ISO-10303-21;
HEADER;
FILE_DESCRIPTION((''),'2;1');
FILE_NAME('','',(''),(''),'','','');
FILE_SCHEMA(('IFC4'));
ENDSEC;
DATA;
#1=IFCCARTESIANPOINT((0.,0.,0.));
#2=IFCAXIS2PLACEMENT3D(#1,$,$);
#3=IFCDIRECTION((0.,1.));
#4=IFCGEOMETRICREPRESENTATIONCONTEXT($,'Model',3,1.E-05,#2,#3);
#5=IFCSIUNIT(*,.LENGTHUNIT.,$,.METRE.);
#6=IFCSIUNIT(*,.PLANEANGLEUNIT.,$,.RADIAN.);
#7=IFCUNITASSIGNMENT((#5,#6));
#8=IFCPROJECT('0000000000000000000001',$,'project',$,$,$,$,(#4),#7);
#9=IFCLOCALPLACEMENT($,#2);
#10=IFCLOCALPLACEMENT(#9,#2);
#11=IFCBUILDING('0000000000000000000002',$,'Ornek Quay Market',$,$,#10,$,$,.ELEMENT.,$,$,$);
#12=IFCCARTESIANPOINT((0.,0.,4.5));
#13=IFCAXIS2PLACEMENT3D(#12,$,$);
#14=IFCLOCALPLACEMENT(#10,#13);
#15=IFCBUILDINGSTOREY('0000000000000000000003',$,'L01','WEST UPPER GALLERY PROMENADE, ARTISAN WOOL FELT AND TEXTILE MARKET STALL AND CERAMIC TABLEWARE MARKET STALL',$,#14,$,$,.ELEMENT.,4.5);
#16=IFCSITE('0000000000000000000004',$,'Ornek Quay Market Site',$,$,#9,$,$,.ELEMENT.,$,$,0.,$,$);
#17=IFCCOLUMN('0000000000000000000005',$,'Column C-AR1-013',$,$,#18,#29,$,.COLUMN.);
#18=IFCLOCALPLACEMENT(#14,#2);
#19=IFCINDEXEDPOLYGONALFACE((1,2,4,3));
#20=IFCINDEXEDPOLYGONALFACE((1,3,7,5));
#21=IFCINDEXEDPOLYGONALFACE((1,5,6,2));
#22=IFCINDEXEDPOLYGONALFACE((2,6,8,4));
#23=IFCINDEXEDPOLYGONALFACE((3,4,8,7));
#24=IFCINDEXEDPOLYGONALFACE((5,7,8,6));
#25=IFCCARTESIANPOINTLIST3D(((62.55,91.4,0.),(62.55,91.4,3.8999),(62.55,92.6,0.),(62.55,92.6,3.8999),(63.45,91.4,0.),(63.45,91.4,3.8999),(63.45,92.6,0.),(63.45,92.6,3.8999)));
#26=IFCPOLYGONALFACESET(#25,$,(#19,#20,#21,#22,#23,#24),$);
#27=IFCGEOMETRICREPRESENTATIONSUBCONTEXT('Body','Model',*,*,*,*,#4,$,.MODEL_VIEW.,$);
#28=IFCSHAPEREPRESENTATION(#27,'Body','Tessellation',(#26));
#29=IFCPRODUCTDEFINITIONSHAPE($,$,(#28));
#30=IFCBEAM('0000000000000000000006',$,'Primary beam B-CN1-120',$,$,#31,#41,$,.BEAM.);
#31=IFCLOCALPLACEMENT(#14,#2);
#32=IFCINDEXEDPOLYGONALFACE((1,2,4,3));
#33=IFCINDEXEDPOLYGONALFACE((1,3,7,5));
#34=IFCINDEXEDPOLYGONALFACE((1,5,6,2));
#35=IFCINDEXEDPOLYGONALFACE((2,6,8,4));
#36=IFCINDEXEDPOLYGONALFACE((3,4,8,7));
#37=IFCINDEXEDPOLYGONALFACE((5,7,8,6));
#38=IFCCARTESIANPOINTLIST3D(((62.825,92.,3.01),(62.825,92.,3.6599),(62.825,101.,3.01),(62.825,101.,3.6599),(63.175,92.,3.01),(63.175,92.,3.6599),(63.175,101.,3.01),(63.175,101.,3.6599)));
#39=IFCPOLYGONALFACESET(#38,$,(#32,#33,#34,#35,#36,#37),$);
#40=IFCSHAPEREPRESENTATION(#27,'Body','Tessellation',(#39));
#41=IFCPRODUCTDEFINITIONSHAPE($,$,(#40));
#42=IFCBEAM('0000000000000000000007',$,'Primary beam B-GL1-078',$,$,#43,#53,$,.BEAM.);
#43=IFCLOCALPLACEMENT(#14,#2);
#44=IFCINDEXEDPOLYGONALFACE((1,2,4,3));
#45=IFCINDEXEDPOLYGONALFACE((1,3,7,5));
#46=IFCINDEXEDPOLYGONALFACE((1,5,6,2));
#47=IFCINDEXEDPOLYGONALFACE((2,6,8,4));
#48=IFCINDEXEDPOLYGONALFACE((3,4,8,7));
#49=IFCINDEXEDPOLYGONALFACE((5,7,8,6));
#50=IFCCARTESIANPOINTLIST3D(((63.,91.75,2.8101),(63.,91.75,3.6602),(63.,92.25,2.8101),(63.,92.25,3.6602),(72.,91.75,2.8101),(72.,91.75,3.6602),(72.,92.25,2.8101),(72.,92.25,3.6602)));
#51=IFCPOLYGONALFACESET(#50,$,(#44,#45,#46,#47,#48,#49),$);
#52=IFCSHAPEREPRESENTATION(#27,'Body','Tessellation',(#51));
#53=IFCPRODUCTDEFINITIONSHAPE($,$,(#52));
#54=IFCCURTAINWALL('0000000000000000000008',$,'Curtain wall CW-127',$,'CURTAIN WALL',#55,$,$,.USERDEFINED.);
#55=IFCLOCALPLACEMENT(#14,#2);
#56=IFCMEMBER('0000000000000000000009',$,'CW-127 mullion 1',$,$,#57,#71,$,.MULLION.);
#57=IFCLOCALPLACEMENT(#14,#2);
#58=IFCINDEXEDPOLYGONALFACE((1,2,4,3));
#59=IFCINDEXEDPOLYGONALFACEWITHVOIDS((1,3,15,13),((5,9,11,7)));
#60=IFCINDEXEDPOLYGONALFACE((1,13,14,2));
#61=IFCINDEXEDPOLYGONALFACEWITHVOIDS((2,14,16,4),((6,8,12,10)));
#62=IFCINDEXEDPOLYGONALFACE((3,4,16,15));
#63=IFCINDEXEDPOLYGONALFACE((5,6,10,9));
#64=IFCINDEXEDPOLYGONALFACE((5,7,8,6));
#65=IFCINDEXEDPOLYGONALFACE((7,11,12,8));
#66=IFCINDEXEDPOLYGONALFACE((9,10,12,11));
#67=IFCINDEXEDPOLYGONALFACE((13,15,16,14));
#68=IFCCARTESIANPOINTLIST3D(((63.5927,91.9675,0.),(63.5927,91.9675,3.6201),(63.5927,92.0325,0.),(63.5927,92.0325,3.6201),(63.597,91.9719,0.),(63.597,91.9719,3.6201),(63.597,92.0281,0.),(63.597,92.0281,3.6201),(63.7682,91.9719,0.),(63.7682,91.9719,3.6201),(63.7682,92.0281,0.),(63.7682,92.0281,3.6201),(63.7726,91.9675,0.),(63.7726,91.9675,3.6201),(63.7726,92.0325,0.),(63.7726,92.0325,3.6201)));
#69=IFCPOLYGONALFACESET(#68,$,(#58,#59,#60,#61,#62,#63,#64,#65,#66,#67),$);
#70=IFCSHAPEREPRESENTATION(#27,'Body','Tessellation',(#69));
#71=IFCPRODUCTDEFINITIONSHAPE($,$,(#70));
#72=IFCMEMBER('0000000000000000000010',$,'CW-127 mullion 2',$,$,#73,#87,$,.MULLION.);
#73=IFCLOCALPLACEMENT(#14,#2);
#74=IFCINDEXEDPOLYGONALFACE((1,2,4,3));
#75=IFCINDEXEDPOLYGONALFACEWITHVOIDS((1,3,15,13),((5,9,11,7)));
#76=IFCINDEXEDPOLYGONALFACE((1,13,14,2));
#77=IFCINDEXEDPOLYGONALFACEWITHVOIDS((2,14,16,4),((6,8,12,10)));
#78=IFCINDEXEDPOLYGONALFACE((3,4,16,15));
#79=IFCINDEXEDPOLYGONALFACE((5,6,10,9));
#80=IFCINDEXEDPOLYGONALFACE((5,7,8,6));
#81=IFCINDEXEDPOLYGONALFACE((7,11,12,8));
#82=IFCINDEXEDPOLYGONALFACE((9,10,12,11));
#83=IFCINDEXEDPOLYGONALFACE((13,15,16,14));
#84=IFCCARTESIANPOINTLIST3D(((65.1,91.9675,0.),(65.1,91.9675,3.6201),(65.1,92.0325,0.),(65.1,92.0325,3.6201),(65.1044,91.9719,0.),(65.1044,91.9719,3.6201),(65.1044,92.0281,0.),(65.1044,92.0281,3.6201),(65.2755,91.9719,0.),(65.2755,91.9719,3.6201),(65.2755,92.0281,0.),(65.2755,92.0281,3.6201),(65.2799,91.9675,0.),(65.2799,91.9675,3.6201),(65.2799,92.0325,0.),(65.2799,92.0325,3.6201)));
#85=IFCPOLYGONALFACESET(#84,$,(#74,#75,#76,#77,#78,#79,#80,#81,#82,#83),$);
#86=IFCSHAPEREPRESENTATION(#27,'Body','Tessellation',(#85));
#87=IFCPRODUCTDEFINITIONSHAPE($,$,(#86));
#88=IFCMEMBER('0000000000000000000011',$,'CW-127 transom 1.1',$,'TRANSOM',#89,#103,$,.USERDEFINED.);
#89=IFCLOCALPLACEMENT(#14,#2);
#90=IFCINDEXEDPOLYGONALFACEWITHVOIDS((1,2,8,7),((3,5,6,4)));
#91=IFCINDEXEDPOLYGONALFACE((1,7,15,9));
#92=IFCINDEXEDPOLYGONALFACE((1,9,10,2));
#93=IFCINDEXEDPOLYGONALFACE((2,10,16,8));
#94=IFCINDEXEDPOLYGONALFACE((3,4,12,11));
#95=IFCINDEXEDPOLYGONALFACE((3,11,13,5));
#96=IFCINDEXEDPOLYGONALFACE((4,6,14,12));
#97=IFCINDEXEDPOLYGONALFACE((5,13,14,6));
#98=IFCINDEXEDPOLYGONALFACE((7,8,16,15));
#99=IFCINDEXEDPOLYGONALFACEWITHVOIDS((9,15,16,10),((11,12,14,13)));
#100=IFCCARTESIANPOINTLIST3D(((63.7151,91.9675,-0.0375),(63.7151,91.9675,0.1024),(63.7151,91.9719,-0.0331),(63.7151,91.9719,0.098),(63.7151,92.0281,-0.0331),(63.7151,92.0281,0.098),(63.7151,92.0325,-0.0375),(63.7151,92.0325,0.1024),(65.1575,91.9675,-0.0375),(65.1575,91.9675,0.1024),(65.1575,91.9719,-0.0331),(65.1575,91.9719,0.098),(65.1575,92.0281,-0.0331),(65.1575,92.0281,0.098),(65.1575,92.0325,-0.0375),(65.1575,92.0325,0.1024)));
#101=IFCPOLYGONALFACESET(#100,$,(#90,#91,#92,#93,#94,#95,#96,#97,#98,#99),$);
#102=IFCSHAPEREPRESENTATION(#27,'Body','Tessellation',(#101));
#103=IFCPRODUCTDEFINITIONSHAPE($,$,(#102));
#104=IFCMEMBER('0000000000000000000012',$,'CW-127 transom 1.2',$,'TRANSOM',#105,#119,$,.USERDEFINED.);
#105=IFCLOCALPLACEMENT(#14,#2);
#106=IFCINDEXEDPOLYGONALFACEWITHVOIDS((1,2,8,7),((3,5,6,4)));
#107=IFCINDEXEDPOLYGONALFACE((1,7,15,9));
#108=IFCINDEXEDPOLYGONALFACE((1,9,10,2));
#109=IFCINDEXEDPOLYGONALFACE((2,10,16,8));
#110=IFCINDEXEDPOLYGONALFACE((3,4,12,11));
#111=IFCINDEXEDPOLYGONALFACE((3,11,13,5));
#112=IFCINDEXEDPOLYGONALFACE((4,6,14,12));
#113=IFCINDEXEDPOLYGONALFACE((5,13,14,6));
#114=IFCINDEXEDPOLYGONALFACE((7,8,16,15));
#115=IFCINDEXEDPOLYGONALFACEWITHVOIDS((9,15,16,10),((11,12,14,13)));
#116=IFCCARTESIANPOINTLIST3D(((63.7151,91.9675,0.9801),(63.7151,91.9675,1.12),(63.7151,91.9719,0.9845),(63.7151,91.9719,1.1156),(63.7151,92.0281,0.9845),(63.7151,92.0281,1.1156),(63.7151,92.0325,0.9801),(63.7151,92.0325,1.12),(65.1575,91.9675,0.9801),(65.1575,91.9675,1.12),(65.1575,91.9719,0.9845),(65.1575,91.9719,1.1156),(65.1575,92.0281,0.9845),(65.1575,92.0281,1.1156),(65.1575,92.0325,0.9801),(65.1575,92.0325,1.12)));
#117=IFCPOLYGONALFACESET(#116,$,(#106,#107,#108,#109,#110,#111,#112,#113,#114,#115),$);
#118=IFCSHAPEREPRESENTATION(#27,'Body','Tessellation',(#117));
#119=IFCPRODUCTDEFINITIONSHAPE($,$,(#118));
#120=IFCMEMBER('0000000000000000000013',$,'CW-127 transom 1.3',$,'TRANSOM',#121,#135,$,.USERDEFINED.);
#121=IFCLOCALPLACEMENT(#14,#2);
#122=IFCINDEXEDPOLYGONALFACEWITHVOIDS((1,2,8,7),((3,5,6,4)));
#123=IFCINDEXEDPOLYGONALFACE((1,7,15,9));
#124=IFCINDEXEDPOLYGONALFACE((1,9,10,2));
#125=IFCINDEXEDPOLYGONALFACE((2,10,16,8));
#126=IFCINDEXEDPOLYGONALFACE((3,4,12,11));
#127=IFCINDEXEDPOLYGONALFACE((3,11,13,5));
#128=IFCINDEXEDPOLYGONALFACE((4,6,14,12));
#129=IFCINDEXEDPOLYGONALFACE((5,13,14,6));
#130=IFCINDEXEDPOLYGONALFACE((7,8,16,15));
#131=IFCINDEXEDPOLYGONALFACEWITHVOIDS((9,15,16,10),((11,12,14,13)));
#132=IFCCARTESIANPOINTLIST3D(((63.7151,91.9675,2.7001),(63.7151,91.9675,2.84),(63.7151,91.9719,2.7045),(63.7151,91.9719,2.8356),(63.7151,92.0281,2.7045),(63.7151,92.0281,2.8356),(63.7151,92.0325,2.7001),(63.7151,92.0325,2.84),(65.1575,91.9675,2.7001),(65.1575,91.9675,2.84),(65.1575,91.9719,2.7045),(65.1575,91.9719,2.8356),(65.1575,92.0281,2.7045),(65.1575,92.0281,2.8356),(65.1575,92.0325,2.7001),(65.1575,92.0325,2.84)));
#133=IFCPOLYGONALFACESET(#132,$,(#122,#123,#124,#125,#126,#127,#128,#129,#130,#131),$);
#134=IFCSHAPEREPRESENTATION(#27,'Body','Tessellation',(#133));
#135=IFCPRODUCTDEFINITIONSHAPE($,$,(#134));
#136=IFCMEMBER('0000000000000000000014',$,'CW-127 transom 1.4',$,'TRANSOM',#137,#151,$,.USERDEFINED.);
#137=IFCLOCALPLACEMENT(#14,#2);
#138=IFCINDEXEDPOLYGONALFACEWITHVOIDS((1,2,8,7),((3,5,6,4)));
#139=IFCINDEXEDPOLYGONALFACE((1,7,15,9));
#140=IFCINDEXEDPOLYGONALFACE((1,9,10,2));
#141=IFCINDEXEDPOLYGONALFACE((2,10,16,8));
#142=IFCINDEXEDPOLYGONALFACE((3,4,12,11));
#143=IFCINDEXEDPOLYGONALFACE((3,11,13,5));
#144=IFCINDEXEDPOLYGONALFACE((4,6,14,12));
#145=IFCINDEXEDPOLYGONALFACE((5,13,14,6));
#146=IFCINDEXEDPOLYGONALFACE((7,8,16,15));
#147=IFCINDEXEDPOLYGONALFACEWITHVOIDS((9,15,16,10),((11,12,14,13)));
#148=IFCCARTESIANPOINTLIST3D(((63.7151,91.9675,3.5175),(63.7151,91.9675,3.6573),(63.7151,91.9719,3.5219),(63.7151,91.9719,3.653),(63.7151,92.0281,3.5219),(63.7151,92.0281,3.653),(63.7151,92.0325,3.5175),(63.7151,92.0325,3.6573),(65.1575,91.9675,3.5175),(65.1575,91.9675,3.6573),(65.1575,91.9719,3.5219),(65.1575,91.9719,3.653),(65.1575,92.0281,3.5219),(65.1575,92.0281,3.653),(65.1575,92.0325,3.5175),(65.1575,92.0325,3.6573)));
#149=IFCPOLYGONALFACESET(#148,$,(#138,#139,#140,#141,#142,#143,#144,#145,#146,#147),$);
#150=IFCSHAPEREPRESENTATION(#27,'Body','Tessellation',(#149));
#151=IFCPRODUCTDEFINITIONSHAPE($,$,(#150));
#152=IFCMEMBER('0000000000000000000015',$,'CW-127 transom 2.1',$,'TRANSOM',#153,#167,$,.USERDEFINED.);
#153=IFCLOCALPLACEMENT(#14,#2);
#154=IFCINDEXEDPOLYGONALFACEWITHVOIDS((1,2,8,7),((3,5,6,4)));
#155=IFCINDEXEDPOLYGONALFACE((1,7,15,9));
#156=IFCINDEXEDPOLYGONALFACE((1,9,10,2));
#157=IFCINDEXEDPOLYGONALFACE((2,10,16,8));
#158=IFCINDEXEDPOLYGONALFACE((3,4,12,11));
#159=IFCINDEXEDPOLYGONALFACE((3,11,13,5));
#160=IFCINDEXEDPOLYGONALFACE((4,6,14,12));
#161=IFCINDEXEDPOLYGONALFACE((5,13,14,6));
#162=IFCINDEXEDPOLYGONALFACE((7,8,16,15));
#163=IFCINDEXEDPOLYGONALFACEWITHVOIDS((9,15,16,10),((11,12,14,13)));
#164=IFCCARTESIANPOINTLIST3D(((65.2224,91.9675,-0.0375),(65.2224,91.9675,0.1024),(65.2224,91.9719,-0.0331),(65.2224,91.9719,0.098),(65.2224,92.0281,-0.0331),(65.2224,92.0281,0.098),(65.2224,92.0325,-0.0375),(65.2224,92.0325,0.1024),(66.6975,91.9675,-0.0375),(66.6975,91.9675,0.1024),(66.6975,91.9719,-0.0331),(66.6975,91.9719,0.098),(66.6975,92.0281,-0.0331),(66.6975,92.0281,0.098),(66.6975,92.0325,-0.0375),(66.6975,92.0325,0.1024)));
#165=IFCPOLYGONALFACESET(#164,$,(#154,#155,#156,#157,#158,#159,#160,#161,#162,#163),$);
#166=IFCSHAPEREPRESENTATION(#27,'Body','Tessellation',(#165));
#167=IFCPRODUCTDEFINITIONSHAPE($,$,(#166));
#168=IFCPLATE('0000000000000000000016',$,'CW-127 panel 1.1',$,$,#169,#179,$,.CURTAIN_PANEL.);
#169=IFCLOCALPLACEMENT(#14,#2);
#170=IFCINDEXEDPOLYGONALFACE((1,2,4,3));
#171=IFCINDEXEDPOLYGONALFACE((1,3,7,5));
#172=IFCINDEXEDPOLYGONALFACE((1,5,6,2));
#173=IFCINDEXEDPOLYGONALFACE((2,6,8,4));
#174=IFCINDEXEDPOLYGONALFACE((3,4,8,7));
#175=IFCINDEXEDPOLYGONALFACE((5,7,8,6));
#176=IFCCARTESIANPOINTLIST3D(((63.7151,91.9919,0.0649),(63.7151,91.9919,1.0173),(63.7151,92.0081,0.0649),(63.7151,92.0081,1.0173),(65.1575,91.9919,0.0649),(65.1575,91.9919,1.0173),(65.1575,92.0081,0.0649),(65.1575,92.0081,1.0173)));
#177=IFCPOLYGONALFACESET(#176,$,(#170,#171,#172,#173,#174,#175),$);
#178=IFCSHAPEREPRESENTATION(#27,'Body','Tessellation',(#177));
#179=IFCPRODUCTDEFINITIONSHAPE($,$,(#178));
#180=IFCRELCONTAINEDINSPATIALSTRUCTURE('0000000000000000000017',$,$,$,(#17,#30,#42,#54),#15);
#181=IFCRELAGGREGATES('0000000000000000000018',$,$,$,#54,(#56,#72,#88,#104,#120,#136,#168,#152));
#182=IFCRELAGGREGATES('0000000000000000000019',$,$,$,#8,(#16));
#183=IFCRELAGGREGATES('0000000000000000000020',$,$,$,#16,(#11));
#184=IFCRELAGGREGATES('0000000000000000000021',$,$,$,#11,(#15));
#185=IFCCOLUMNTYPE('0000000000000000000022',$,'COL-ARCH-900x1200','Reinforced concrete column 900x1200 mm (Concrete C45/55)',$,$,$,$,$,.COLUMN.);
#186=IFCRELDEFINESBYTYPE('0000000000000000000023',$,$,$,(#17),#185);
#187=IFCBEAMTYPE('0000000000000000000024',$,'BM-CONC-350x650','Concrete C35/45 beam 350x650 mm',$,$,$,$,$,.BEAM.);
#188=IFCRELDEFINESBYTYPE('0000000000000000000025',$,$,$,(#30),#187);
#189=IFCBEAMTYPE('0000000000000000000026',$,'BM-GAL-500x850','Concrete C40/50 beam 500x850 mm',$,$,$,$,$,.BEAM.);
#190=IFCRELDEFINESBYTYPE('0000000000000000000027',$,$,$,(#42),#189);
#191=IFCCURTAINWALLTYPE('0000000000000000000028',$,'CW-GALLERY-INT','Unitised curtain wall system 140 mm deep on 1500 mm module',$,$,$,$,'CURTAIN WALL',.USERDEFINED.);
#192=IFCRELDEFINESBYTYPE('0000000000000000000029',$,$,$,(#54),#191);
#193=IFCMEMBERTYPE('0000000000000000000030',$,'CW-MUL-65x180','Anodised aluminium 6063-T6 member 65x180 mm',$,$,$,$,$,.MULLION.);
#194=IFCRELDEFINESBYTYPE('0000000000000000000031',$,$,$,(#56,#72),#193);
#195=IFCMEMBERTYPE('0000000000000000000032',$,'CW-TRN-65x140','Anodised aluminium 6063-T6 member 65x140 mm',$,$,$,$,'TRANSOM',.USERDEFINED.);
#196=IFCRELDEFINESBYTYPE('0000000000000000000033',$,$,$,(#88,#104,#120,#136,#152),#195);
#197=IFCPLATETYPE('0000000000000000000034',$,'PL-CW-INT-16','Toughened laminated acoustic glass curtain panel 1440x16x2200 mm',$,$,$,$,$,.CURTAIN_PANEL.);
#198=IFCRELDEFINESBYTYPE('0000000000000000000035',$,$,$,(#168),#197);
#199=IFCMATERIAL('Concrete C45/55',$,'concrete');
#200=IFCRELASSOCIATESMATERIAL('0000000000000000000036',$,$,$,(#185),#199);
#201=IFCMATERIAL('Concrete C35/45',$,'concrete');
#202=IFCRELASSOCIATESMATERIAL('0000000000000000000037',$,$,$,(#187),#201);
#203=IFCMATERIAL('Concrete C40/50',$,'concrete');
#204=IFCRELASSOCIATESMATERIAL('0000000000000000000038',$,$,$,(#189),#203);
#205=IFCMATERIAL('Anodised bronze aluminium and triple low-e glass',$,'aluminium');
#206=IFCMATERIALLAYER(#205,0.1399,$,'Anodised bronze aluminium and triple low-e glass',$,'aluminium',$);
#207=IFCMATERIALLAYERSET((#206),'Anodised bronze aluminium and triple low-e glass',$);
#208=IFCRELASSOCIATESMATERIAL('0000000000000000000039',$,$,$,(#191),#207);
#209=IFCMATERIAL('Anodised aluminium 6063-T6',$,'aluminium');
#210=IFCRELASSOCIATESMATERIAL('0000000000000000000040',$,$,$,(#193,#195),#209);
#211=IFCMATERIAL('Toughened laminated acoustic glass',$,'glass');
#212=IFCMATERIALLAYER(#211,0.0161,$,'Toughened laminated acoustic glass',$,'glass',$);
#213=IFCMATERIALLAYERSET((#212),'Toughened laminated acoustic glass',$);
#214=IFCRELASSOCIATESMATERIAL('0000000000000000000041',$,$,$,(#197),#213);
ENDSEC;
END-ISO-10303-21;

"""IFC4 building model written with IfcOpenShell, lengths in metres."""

from ifc_helpers import new_model, si_unit, direction, frame, origin, origin_2d, place, context, subcontext, project, spatial, rectangle, hollow_rectangle, extrude, material, layer, layer_set, material_profile, profile_set, type_object, element, aggregate, save


model = new_model("IFC4")

# Units and contexts
model_context = context("Model", 3, precision=1e-05, world=origin(), true_north=direction((0.0, 1.0)))
body_context = subcontext(model_context, "Body", "Model", "MODEL_VIEW")
ifc_project = project(units=[si_unit("LENGTHUNIT", "METRE"), si_unit("PLANEANGLEUNIT", "RADIAN")], contexts=[model_context])

# Site, building, storey
site_placement = place(None, origin())
site = spatial("IfcSite", under=ifc_project, at=site_placement, Name="Ornek Quay Market Site", CompositionType="ELEMENT", RefElevation=0.0)
building_placement = place(site_placement, origin())
building = spatial("IfcBuilding", under=site, at=building_placement, Name="Ornek Quay Market", CompositionType="ELEMENT")
storey_placement = place(building_placement, frame((0.0, 0.0, 4.5)))
storey = spatial("IfcBuildingStorey", under=building, at=storey_placement, Name="L01", Description="WEST UPPER GALLERY PROMENADE, ARTISAN WOOL FELT AND TEXTILE MARKET STALL AND CERAMIC TABLEWARE MARKET STALL", CompositionType="ELEMENT", Elevation=4.5)

# Column
ifc_material_1 = material(Name="Concrete C45/55", Category="concrete")
ifc_material_profile_1 = material_profile(ifc_material_1, rectangle(XDim=0.8999, YDim=1.2, at=origin_2d()), Name="RC 900x1200", Category="concrete")
ifc_profile_set_1 = profile_set([ifc_material_profile_1], Name="Concrete C45/55")
column_type = type_object("IfcColumnType", Name="COL-ARCH-900x1200", Description="Reinforced concrete column 900x1200 mm (Concrete C45/55)", PredefinedType="COLUMN", material=ifc_profile_set_1)
column_placement = place(storey_placement, frame((63.0, 92.0, 0.0), z_axis=(0.0, 0.0, 1.0), x_axis=(1.0, 0.0, 0.0)))
element("IfcColumn", 1, at=column_placement, inside=storey, type_object=column_type, Name="Column C-AR1-013", PredefinedType="COLUMN", context=body_context, shape_type="SweptSolid", body=[
    extrude(rectangle(XDim=0.8999, YDim=1.2, at=origin_2d()), origin(), (0.0, 0.0, 1.0), 3.8999),
])

# Beams
ifc_material_2 = material(Name="Concrete C35/45", Category="concrete")
ifc_material_profile_2 = material_profile(ifc_material_2, rectangle(XDim=0.3501, YDim=0.6499, at=origin_2d()), Name="RC 350x650", Category="concrete")
ifc_profile_set_2 = profile_set([ifc_material_profile_2], Name="Concrete C35/45")
beam_type_1 = type_object("IfcBeamType", Name="BM-CONC-350x650", Description="Concrete C35/45 beam 350x650 mm", PredefinedType="BEAM", material=ifc_profile_set_2)
beam_1_placement = place(storey_placement, frame((63.0, 92.0, 3.335), z_axis=(0.0, 1.0, 0.0), x_axis=(-1.0, 0.0, 0.0)))
element("IfcBeam", 2, at=beam_1_placement, inside=storey, type_object=beam_type_1, Name="Primary beam B-CN1-120", PredefinedType="BEAM", context=body_context, shape_type="SweptSolid", body=[
    extrude(rectangle(XDim=0.3501, YDim=0.6499, at=origin_2d()), origin(), (0.0, 0.0, 1.0), 9.0),
])
ifc_material_3 = material(Name="Concrete C40/50", Category="concrete")
ifc_material_profile_3 = material_profile(ifc_material_3, rectangle(XDim=0.5, YDim=0.8501, at=origin_2d()), Name="RC 500x850", Category="concrete")
ifc_profile_set_3 = profile_set([ifc_material_profile_3], Name="Concrete C40/50")
beam_type_2 = type_object("IfcBeamType", Name="BM-GAL-500x850", Description="Concrete C40/50 beam 500x850 mm", PredefinedType="BEAM", material=ifc_profile_set_3)
beam_2_placement = place(storey_placement, frame((63.0, 92.0, 3.2351), z_axis=(1.0, 0.0, 0.0), x_axis=(0.0, 1.0, 0.0)))
element("IfcBeam", 3, at=beam_2_placement, inside=storey, type_object=beam_type_2, Name="Primary beam B-GL1-078", PredefinedType="BEAM", context=body_context, shape_type="SweptSolid", body=[
    extrude(rectangle(XDim=0.5, YDim=0.8501, at=origin_2d()), origin(), (0.0, 0.0, 1.0), 9.0),
])

# Curtain wall, members, plate
ifc_material_4 = material(Name="Anodised bronze aluminium and triple low-e glass", Category="aluminium")
ifc_layer_1 = layer(ifc_material_4, 0.1399, Name="Anodised bronze aluminium and triple low-e glass", Category="aluminium")
ifc_layer_set_1 = layer_set([ifc_layer_1], Name="Anodised bronze aluminium and triple low-e glass")
curtain_wall_type = type_object("IfcCurtainWallType", Name="CW-GALLERY-INT", Description="Unitised curtain wall system 140 mm deep on 1500 mm module", ElementType="CURTAIN WALL", PredefinedType="USERDEFINED", material=ifc_layer_set_1)
curtain_wall_placement = place(storey_placement, origin())
curtain_wall = element("IfcCurtainWall", 4, at=curtain_wall_placement, inside=storey, type_object=curtain_wall_type, Name="Curtain wall CW-127", ObjectType="CURTAIN WALL", PredefinedType="USERDEFINED")
ifc_material_5 = material(Name="Anodised aluminium 6063-T6", Category="aluminium")
ifc_material_profile_4 = material_profile(ifc_material_5, hollow_rectangle(XDim=0.0649, YDim=0.1799, WallThickness=0.0044, at=origin_2d()), Name="CW-MUL-65x180", Category="aluminium")
ifc_profile_set_4 = profile_set([ifc_material_profile_4], Name="Anodised aluminium 6063-T6")
member_type_1 = type_object("IfcMemberType", Name="CW-MUL-65x180", Description="Anodised aluminium 6063-T6 member 65x180 mm", PredefinedType="MULLION", material=ifc_profile_set_4)
member_1_placement = place(storey_placement, frame((63.6826, 92.0, 0.0), z_axis=(0.0, 0.0, 1.0), x_axis=(0.0, 1.0, 0.0)))
member_1 = element("IfcMember", 5, at=member_1_placement, type_object=member_type_1, Name="CW-127 mullion 1", PredefinedType="MULLION", context=body_context, shape_type="SweptSolid", body=[
    extrude(hollow_rectangle(XDim=0.0649, YDim=0.1799, WallThickness=0.0044, at=origin_2d()), origin(), (0.0, 0.0, 1.0), 3.6201),
])
member_2_placement = place(storey_placement, frame((65.1899, 92.0, 0.0), z_axis=(0.0, 0.0, 1.0), x_axis=(0.0, 1.0, 0.0)))
member_2 = element("IfcMember", 6, at=member_2_placement, type_object=member_type_1, Name="CW-127 mullion 2", PredefinedType="MULLION", context=body_context, shape_type="SweptSolid", body=[
    extrude(hollow_rectangle(XDim=0.0649, YDim=0.1799, WallThickness=0.0044, at=origin_2d()), origin(), (0.0, 0.0, 1.0), 3.6201),
])
ifc_material_profile_5 = material_profile(ifc_material_5, hollow_rectangle(XDim=0.0649, YDim=0.1399, WallThickness=0.0044, at=origin_2d()), Name="CW-TRN-65x140", Category="aluminium")
ifc_profile_set_5 = profile_set([ifc_material_profile_5], Name="Anodised aluminium 6063-T6")
member_type_2 = type_object("IfcMemberType", Name="CW-TRN-65x140", Description="Anodised aluminium 6063-T6 member 65x140 mm", ElementType="TRANSOM", PredefinedType="USERDEFINED", material=ifc_profile_set_5)
member_3_placement = place(storey_placement, frame((63.7151, 92.0, 0.0325), z_axis=(1.0, 0.0, 0.0), x_axis=(0.0, 1.0, 0.0)))
member_3 = element("IfcMember", 7, at=member_3_placement, type_object=member_type_2, Name="CW-127 transom 1.1", ObjectType="TRANSOM", PredefinedType="USERDEFINED", context=body_context, shape_type="SweptSolid", body=[
    extrude(hollow_rectangle(XDim=0.0649, YDim=0.1399, WallThickness=0.0044, at=origin_2d()), origin(), (0.0, 0.0, 1.0), 1.4424),
])
member_4_placement = place(storey_placement, frame((63.7151, 92.0, 1.05), z_axis=(1.0, 0.0, 0.0), x_axis=(0.0, 1.0, 0.0)))
member_4 = element("IfcMember", 8, at=member_4_placement, type_object=member_type_2, Name="CW-127 transom 1.2", ObjectType="TRANSOM", PredefinedType="USERDEFINED", context=body_context, shape_type="SweptSolid", body=[
    extrude(hollow_rectangle(XDim=0.0649, YDim=0.1399, WallThickness=0.0044, at=origin_2d()), origin(), (0.0, 0.0, 1.0), 1.4424),
])
member_5_placement = place(storey_placement, frame((63.7151, 92.0, 2.77), z_axis=(1.0, 0.0, 0.0), x_axis=(0.0, 1.0, 0.0)))
member_5 = element("IfcMember", 9, at=member_5_placement, type_object=member_type_2, Name="CW-127 transom 1.3", ObjectType="TRANSOM", PredefinedType="USERDEFINED", context=body_context, shape_type="SweptSolid", body=[
    extrude(hollow_rectangle(XDim=0.0649, YDim=0.1399, WallThickness=0.0044, at=origin_2d()), origin(), (0.0, 0.0, 1.0), 1.4424),
])
member_6_placement = place(storey_placement, frame((63.7151, 92.0, 3.5874), z_axis=(1.0, 0.0, 0.0), x_axis=(0.0, 1.0, 0.0)))
member_6 = element("IfcMember", 10, at=member_6_placement, type_object=member_type_2, Name="CW-127 transom 1.4", ObjectType="TRANSOM", PredefinedType="USERDEFINED", context=body_context, shape_type="SweptSolid", body=[
    extrude(hollow_rectangle(XDim=0.0649, YDim=0.1399, WallThickness=0.0044, at=origin_2d()), origin(), (0.0, 0.0, 1.0), 1.4424),
])
member_7_placement = place(storey_placement, frame((65.2224, 92.0, 0.0325), z_axis=(1.0, 0.0, 0.0), x_axis=(0.0, 1.0, 0.0)))
member_7 = element("IfcMember", 11, at=member_7_placement, type_object=member_type_2, Name="CW-127 transom 2.1", ObjectType="TRANSOM", PredefinedType="USERDEFINED", context=body_context, shape_type="SweptSolid", body=[
    extrude(hollow_rectangle(XDim=0.0649, YDim=0.1399, WallThickness=0.0044, at=origin_2d()), origin(), (0.0, 0.0, 1.0), 1.4751),
])
ifc_material_6 = material(Name="Toughened laminated acoustic glass", Category="glass")
ifc_layer_2 = layer(ifc_material_6, 0.0161, Name="Toughened laminated acoustic glass", Category="glass")
ifc_layer_set_2 = layer_set([ifc_layer_2], Name="Toughened laminated acoustic glass")
plate_type = type_object("IfcPlateType", Name="PL-CW-INT-16", Description="Toughened laminated acoustic glass curtain panel 1440x16x2200 mm", PredefinedType="CURTAIN_PANEL", material=ifc_layer_set_2)
plate_1_placement = place(storey_placement, frame((64.4363, 92.0, 0.0649), z_axis=(0.0, 0.0, 1.0), x_axis=(1.0, 0.0, 0.0)))
plate_1 = element("IfcPlate", 12, at=plate_1_placement, type_object=plate_type, Name="CW-127 panel 1.1", PredefinedType="CURTAIN_PANEL", context=body_context, shape_type="SweptSolid", body=[
    extrude(rectangle(XDim=1.4424, YDim=0.0161, at=origin_2d()), origin(), (0.0, 0.0, 1.0), 0.9524),
])
aggregate(curtain_wall, [member_1, member_2, member_3, member_4, member_5, member_6, plate_1, member_7])

save(model, "model.ifc")
